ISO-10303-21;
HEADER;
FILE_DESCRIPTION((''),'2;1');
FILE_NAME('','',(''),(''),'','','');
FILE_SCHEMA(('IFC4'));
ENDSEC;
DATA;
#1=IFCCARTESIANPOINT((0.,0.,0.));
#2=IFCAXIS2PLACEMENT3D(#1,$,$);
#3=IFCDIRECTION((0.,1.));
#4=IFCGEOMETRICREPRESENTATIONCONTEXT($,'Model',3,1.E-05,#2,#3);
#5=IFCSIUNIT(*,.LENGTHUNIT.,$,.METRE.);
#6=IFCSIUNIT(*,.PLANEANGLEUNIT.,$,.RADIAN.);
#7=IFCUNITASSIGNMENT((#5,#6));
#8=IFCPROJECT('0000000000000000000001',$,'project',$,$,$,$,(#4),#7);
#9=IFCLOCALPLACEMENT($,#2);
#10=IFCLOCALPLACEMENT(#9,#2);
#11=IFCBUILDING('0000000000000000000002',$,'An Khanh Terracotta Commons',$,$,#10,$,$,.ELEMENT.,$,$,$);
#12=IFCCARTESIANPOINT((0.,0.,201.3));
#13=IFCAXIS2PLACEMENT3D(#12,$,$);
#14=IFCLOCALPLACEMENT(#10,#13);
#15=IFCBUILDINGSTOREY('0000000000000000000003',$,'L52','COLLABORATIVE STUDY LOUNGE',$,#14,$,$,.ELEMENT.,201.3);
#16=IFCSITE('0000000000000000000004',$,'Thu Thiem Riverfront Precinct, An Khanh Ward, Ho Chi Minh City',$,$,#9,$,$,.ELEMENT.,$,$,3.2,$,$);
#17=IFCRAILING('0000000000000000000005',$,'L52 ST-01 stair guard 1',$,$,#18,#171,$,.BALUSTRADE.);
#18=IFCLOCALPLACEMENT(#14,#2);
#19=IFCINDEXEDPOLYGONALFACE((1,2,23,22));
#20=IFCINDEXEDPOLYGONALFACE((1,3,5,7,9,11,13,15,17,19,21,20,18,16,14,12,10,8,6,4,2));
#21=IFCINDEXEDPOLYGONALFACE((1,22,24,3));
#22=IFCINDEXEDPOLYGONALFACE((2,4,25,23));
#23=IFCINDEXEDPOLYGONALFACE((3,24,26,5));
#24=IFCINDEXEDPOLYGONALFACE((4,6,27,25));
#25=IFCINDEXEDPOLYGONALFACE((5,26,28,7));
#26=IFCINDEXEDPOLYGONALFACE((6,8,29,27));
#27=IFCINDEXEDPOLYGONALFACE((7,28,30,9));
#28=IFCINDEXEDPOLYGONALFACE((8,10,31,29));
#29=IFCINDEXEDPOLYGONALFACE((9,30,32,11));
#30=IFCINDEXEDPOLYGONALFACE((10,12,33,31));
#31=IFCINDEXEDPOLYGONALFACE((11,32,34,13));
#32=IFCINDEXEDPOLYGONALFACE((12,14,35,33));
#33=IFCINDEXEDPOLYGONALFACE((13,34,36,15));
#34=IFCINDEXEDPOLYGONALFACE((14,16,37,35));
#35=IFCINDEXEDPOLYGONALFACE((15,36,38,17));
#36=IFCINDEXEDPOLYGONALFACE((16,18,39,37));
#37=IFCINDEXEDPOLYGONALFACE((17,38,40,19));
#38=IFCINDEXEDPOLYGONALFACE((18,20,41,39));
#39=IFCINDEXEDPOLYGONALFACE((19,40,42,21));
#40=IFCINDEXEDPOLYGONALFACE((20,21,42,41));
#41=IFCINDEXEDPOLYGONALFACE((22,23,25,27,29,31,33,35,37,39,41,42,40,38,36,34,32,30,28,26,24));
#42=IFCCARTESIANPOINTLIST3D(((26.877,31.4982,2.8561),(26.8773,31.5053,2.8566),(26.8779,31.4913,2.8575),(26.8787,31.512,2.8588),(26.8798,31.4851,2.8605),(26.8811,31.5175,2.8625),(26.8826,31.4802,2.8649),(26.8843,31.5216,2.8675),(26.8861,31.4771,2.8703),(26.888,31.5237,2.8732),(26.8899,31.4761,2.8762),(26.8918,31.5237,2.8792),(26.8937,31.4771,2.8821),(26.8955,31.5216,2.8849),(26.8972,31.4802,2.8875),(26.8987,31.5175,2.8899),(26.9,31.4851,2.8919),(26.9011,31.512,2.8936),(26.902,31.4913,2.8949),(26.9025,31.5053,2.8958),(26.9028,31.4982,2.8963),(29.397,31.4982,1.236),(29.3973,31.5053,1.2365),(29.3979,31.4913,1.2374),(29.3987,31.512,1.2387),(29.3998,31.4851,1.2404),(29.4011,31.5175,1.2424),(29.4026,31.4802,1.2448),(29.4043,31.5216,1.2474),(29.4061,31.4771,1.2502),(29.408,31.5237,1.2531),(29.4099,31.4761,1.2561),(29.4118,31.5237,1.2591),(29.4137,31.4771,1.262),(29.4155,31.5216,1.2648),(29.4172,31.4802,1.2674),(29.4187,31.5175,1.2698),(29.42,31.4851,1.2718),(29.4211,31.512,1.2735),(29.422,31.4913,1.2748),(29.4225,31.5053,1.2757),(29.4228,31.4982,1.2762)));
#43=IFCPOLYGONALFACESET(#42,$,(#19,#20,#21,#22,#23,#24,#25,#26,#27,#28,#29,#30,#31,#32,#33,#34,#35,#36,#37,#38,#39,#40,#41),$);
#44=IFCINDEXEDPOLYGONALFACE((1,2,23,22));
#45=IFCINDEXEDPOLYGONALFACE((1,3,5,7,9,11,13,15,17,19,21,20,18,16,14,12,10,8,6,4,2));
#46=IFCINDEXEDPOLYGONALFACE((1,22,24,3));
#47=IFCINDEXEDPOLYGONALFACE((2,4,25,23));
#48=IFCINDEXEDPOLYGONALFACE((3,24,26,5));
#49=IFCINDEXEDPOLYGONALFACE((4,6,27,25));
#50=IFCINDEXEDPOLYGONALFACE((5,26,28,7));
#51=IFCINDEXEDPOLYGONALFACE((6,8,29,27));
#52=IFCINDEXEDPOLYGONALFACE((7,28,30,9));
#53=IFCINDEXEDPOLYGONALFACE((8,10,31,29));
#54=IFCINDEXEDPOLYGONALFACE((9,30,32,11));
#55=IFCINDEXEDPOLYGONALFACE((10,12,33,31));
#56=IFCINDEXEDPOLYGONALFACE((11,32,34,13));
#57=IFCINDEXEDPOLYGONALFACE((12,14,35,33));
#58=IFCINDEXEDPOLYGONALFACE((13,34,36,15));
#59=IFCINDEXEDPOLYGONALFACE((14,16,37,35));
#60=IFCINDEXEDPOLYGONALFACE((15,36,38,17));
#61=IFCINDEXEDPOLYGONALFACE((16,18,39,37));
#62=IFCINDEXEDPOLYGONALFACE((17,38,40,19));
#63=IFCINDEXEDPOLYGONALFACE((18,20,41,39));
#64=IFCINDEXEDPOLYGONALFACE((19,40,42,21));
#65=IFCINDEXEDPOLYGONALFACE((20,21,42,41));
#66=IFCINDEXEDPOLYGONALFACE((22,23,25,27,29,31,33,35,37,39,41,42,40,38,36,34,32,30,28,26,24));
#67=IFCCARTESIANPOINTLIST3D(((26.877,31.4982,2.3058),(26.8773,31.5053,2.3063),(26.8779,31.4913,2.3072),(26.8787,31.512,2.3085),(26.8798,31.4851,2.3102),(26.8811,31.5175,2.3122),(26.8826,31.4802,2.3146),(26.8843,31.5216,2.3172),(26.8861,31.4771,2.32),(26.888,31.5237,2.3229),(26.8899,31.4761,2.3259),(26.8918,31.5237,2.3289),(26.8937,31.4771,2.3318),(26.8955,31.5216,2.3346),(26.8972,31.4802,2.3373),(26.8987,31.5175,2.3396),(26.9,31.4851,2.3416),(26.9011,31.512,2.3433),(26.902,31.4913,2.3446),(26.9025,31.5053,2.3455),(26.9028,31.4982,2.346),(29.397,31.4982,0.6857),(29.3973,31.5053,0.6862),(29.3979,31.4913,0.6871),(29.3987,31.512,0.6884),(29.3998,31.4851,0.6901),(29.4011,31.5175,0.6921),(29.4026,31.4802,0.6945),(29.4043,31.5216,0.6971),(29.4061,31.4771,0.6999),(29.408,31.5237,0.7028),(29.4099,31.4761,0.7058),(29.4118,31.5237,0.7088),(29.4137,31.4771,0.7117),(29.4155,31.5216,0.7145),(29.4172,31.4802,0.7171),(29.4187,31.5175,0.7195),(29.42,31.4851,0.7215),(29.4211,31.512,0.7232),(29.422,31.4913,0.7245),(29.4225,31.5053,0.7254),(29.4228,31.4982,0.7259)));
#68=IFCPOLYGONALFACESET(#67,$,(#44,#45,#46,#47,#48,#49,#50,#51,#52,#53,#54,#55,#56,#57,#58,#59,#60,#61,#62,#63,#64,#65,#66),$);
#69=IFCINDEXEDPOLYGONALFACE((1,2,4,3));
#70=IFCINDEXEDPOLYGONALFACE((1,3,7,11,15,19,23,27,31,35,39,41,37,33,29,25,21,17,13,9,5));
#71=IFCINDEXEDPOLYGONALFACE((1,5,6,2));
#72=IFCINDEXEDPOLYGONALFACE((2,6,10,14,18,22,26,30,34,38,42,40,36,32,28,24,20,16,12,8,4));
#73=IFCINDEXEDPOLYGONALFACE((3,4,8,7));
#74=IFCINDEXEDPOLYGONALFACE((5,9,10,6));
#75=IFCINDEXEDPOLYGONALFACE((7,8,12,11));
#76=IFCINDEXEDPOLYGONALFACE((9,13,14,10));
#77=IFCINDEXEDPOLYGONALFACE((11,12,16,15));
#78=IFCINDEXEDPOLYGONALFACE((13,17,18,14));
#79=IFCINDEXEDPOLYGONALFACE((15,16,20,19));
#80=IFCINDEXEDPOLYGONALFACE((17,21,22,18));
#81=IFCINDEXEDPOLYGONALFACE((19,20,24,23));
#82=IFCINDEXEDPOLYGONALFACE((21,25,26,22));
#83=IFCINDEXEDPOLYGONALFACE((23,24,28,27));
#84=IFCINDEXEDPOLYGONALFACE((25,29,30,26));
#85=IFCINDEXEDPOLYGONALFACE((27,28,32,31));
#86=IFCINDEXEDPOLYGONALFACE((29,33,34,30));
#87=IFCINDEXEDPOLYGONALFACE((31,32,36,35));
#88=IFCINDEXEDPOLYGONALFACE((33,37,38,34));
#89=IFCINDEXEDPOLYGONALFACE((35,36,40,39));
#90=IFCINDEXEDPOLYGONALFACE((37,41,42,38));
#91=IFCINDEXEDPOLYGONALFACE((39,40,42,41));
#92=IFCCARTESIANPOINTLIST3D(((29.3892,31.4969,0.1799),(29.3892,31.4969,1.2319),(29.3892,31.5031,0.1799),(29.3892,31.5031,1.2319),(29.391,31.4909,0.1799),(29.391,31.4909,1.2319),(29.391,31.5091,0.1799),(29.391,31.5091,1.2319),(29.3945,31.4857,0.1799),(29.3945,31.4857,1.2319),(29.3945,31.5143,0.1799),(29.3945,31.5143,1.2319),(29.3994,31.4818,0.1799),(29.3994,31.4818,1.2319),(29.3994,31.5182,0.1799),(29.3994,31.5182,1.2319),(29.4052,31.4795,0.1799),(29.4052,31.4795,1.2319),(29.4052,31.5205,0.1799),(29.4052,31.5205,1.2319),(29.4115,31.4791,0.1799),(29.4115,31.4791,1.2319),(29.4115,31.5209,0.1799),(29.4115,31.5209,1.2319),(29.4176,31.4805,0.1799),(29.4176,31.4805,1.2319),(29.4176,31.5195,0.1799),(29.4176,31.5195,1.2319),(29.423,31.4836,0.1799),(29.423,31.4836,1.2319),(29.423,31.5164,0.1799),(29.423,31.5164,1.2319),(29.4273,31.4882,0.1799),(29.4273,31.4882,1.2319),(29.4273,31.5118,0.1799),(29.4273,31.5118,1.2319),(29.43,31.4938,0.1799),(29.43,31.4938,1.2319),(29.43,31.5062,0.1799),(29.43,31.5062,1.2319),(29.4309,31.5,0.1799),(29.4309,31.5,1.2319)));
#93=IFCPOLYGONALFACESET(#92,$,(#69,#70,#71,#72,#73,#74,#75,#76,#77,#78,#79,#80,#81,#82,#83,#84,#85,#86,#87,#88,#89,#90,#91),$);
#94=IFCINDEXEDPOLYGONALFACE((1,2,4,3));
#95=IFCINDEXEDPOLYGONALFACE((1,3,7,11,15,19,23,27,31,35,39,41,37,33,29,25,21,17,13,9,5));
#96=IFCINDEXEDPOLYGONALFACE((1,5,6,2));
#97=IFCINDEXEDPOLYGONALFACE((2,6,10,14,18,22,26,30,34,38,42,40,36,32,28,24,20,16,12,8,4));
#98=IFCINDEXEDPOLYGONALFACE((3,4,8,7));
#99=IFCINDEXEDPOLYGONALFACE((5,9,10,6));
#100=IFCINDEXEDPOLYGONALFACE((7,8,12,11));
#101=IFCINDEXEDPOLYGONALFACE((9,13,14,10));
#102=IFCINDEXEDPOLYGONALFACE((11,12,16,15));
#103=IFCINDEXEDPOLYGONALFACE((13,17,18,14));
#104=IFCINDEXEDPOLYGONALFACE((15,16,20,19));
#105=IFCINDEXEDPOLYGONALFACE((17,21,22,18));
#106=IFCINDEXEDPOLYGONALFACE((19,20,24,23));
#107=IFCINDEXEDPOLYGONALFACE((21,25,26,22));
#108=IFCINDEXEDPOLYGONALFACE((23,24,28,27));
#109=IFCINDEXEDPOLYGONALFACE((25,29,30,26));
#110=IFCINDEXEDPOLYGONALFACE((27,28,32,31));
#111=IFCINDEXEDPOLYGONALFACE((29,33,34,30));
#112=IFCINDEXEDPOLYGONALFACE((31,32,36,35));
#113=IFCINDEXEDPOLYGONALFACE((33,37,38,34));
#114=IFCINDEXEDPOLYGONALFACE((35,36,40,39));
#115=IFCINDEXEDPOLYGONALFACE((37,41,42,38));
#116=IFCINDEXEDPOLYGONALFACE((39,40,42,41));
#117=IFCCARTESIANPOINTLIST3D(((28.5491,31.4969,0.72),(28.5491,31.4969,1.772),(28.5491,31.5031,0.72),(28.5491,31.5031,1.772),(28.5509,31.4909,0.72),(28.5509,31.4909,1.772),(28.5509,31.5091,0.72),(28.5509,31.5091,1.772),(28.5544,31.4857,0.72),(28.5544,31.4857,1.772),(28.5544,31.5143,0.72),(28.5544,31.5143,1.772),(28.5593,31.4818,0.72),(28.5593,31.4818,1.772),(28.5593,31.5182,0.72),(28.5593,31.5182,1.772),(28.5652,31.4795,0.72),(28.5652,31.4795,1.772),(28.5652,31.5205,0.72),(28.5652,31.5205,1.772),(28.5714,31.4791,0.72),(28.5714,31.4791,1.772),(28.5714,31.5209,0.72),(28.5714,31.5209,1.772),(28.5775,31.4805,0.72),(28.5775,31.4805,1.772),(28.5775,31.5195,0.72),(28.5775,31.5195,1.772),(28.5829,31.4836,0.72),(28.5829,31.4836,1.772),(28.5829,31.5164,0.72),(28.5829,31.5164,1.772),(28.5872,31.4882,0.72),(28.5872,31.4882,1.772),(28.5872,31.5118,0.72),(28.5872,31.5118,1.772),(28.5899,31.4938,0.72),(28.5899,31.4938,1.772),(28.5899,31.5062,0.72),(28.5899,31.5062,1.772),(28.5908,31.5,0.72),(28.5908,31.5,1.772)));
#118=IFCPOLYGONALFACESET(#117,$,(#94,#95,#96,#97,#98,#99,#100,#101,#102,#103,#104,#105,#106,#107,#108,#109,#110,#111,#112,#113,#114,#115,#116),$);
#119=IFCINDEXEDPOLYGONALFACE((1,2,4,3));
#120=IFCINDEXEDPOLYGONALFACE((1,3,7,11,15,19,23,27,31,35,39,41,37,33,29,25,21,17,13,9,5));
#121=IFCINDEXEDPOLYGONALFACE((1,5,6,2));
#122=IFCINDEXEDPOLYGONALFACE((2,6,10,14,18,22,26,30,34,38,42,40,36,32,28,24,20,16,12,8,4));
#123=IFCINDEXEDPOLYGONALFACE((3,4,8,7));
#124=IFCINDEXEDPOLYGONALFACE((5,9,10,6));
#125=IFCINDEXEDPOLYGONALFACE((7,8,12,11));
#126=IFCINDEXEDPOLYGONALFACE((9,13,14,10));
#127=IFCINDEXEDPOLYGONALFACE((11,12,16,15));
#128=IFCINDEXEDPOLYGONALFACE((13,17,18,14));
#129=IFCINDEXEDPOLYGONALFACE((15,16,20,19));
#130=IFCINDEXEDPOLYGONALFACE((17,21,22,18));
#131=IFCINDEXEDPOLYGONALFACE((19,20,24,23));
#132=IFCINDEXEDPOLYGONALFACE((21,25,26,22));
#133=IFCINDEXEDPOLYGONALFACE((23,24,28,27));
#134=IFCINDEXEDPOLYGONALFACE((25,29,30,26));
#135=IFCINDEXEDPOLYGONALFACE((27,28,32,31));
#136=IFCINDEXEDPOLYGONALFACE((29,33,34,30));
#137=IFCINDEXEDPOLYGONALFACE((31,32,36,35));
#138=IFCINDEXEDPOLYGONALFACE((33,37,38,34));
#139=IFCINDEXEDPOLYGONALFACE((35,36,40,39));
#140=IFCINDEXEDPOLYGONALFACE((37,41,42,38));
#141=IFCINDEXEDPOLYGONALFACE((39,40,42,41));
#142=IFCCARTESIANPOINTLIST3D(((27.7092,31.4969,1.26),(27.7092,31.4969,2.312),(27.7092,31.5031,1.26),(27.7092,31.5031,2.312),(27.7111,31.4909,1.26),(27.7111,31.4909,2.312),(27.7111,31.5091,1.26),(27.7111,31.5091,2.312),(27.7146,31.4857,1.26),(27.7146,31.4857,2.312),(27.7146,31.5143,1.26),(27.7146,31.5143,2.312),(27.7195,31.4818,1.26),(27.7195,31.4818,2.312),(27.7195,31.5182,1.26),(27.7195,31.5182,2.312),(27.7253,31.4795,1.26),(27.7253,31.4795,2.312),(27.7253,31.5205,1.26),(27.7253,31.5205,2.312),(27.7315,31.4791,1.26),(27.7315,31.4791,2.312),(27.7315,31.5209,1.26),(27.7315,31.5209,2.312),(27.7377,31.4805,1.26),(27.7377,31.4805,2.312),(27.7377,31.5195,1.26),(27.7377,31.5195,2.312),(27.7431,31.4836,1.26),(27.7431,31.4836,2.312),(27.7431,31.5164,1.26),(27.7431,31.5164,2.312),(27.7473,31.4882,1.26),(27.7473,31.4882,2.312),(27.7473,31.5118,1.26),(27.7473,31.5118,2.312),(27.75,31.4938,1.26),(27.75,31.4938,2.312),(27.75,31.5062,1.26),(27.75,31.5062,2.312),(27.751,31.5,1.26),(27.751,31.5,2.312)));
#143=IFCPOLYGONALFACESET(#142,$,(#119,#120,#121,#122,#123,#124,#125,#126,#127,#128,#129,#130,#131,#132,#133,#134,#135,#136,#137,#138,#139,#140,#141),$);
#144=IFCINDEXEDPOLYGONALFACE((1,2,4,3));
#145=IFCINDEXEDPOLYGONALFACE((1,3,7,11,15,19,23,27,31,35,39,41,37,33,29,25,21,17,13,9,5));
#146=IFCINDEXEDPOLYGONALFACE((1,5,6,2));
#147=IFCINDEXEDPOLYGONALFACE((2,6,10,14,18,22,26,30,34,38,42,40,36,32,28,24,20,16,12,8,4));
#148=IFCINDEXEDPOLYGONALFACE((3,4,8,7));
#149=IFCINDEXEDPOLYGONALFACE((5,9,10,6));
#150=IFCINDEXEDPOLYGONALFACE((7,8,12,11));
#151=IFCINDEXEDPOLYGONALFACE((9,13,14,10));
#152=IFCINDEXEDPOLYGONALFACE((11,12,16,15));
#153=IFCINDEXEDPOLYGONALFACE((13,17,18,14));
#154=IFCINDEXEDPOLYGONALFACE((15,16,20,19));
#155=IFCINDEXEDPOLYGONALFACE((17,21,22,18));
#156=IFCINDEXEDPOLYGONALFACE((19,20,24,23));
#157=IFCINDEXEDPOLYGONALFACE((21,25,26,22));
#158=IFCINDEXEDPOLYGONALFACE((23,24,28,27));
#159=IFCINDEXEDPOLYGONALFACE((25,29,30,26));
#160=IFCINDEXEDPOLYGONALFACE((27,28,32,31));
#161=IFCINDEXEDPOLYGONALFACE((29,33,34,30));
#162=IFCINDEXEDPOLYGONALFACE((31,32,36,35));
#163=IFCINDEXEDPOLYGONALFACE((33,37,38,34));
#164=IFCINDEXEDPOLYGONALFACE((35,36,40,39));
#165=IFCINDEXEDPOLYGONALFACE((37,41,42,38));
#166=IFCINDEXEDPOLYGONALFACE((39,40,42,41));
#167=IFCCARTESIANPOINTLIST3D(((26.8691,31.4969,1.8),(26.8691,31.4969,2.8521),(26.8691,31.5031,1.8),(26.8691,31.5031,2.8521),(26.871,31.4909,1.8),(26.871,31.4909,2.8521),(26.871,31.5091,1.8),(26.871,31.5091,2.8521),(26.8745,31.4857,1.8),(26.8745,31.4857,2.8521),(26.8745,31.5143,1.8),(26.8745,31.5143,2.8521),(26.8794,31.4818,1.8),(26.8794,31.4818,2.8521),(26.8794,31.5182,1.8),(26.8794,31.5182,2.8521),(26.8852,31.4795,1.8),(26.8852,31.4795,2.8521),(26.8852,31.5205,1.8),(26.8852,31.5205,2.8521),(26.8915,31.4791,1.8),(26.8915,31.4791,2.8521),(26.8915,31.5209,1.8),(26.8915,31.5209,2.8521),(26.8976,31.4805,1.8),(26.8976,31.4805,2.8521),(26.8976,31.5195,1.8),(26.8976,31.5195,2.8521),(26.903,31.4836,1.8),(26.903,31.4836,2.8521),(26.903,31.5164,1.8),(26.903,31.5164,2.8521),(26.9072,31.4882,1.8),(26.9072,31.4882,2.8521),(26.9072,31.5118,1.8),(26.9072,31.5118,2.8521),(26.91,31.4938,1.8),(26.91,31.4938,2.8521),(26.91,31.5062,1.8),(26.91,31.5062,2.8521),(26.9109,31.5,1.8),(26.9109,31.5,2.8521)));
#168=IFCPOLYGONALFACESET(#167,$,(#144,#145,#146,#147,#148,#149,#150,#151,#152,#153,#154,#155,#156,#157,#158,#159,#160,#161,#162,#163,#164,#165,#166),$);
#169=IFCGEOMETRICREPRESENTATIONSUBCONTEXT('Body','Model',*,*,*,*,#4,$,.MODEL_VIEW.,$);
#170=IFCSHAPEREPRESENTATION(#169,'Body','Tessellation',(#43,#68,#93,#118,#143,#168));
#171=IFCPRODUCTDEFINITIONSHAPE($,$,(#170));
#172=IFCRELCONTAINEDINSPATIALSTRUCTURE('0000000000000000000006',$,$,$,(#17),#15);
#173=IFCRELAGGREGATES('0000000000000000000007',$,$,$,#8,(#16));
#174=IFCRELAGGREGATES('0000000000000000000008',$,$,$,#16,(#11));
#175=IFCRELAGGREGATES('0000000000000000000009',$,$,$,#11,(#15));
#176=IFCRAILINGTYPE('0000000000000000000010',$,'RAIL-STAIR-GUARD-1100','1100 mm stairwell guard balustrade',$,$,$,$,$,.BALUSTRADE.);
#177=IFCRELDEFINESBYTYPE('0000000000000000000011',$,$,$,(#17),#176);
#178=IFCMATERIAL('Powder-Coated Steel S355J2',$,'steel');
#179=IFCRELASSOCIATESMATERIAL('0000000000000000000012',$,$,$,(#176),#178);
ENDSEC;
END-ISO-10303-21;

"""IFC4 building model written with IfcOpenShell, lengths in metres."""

from ifc_helpers import new_model, si_unit, direction, frame, origin, origin_2d, place, context, subcontext, project, spatial, circle, extrude, material, type_object, element, save


model = new_model("IFC4")

# Units and contexts
model_context = context("Model", 3, precision=1e-05, world=origin(), true_north=direction((0.0, 1.0)))
body_context = subcontext(model_context, "Body", "Model", "MODEL_VIEW")
ifc_project = project(units=[si_unit("LENGTHUNIT", "METRE"), si_unit("PLANEANGLEUNIT", "RADIAN")], contexts=[model_context])

# Site, building, storey
site_placement = place(None, origin())
site = spatial("IfcSite", under=ifc_project, at=site_placement, Name="Thu Thiem Riverfront Precinct, An Khanh Ward, Ho Chi Minh City", CompositionType="ELEMENT", RefElevation=3.2)
building_placement = place(site_placement, origin())
building = spatial("IfcBuilding", under=site, at=building_placement, Name="An Khanh Terracotta Commons", CompositionType="ELEMENT")
storey_placement = place(building_placement, frame((0.0, 0.0, 201.3)))
storey = spatial("IfcBuildingStorey", under=building, at=storey_placement, Name="L52", Description="COLLABORATIVE STUDY LOUNGE", CompositionType="ELEMENT", Elevation=201.3)

# Railing
ifc_material_1 = material(Name="Powder-Coated Steel S355J2", Category="steel")
railing_type_1 = type_object("IfcRailingType", Name="RAIL-STAIR-GUARD-1100", Description="1100 mm stairwell guard balustrade", PredefinedType="BALUSTRADE", material=ifc_material_1)
railing_1_placement = place(storey_placement, frame((29.4099, 31.5, 0.1799)))
element("IfcRailing", 1, at=railing_1_placement, inside=storey, type_object=railing_type_1, Name="L52 ST-01 stair guard 1", PredefinedType="BALUSTRADE", context=body_context, shape_type="SweptSolid", body=[
    extrude(circle(Radius=0.0239, at=origin_2d()), frame((0.0, 0.0, 1.0762), z_axis=(-0.841163, 0.0, 0.540782), x_axis=(0.0, -1.0, 0.0)), (0.0, 0.0, 1.0), 2.9958),
    extrude(circle(Radius=0.0239, at=origin_2d()), frame((0.0, 0.0, 0.5259), z_axis=(-0.841163, 0.0, 0.540782), x_axis=(0.0, -1.0, 0.0)), (0.0, 0.0, 1.0), 2.9958),
    extrude(circle(Radius=0.021, at=origin_2d()), origin(), (0.0, 0.0, 1.0), 1.052),
    extrude(circle(Radius=0.021, at=origin_2d()), frame((-0.8401, 0.0, 0.54)), (0.0, 0.0, 1.0), 1.052),
    extrude(circle(Radius=0.021, at=origin_2d()), frame((-1.6799, 0.0, 1.0801)), (0.0, 0.0, 1.0), 1.052),
    extrude(circle(Radius=0.021, at=origin_2d()), frame((-2.52, 0.0, 1.6201)), (0.0, 0.0, 1.0), 1.052),
])

save(model, "model.ifc")
